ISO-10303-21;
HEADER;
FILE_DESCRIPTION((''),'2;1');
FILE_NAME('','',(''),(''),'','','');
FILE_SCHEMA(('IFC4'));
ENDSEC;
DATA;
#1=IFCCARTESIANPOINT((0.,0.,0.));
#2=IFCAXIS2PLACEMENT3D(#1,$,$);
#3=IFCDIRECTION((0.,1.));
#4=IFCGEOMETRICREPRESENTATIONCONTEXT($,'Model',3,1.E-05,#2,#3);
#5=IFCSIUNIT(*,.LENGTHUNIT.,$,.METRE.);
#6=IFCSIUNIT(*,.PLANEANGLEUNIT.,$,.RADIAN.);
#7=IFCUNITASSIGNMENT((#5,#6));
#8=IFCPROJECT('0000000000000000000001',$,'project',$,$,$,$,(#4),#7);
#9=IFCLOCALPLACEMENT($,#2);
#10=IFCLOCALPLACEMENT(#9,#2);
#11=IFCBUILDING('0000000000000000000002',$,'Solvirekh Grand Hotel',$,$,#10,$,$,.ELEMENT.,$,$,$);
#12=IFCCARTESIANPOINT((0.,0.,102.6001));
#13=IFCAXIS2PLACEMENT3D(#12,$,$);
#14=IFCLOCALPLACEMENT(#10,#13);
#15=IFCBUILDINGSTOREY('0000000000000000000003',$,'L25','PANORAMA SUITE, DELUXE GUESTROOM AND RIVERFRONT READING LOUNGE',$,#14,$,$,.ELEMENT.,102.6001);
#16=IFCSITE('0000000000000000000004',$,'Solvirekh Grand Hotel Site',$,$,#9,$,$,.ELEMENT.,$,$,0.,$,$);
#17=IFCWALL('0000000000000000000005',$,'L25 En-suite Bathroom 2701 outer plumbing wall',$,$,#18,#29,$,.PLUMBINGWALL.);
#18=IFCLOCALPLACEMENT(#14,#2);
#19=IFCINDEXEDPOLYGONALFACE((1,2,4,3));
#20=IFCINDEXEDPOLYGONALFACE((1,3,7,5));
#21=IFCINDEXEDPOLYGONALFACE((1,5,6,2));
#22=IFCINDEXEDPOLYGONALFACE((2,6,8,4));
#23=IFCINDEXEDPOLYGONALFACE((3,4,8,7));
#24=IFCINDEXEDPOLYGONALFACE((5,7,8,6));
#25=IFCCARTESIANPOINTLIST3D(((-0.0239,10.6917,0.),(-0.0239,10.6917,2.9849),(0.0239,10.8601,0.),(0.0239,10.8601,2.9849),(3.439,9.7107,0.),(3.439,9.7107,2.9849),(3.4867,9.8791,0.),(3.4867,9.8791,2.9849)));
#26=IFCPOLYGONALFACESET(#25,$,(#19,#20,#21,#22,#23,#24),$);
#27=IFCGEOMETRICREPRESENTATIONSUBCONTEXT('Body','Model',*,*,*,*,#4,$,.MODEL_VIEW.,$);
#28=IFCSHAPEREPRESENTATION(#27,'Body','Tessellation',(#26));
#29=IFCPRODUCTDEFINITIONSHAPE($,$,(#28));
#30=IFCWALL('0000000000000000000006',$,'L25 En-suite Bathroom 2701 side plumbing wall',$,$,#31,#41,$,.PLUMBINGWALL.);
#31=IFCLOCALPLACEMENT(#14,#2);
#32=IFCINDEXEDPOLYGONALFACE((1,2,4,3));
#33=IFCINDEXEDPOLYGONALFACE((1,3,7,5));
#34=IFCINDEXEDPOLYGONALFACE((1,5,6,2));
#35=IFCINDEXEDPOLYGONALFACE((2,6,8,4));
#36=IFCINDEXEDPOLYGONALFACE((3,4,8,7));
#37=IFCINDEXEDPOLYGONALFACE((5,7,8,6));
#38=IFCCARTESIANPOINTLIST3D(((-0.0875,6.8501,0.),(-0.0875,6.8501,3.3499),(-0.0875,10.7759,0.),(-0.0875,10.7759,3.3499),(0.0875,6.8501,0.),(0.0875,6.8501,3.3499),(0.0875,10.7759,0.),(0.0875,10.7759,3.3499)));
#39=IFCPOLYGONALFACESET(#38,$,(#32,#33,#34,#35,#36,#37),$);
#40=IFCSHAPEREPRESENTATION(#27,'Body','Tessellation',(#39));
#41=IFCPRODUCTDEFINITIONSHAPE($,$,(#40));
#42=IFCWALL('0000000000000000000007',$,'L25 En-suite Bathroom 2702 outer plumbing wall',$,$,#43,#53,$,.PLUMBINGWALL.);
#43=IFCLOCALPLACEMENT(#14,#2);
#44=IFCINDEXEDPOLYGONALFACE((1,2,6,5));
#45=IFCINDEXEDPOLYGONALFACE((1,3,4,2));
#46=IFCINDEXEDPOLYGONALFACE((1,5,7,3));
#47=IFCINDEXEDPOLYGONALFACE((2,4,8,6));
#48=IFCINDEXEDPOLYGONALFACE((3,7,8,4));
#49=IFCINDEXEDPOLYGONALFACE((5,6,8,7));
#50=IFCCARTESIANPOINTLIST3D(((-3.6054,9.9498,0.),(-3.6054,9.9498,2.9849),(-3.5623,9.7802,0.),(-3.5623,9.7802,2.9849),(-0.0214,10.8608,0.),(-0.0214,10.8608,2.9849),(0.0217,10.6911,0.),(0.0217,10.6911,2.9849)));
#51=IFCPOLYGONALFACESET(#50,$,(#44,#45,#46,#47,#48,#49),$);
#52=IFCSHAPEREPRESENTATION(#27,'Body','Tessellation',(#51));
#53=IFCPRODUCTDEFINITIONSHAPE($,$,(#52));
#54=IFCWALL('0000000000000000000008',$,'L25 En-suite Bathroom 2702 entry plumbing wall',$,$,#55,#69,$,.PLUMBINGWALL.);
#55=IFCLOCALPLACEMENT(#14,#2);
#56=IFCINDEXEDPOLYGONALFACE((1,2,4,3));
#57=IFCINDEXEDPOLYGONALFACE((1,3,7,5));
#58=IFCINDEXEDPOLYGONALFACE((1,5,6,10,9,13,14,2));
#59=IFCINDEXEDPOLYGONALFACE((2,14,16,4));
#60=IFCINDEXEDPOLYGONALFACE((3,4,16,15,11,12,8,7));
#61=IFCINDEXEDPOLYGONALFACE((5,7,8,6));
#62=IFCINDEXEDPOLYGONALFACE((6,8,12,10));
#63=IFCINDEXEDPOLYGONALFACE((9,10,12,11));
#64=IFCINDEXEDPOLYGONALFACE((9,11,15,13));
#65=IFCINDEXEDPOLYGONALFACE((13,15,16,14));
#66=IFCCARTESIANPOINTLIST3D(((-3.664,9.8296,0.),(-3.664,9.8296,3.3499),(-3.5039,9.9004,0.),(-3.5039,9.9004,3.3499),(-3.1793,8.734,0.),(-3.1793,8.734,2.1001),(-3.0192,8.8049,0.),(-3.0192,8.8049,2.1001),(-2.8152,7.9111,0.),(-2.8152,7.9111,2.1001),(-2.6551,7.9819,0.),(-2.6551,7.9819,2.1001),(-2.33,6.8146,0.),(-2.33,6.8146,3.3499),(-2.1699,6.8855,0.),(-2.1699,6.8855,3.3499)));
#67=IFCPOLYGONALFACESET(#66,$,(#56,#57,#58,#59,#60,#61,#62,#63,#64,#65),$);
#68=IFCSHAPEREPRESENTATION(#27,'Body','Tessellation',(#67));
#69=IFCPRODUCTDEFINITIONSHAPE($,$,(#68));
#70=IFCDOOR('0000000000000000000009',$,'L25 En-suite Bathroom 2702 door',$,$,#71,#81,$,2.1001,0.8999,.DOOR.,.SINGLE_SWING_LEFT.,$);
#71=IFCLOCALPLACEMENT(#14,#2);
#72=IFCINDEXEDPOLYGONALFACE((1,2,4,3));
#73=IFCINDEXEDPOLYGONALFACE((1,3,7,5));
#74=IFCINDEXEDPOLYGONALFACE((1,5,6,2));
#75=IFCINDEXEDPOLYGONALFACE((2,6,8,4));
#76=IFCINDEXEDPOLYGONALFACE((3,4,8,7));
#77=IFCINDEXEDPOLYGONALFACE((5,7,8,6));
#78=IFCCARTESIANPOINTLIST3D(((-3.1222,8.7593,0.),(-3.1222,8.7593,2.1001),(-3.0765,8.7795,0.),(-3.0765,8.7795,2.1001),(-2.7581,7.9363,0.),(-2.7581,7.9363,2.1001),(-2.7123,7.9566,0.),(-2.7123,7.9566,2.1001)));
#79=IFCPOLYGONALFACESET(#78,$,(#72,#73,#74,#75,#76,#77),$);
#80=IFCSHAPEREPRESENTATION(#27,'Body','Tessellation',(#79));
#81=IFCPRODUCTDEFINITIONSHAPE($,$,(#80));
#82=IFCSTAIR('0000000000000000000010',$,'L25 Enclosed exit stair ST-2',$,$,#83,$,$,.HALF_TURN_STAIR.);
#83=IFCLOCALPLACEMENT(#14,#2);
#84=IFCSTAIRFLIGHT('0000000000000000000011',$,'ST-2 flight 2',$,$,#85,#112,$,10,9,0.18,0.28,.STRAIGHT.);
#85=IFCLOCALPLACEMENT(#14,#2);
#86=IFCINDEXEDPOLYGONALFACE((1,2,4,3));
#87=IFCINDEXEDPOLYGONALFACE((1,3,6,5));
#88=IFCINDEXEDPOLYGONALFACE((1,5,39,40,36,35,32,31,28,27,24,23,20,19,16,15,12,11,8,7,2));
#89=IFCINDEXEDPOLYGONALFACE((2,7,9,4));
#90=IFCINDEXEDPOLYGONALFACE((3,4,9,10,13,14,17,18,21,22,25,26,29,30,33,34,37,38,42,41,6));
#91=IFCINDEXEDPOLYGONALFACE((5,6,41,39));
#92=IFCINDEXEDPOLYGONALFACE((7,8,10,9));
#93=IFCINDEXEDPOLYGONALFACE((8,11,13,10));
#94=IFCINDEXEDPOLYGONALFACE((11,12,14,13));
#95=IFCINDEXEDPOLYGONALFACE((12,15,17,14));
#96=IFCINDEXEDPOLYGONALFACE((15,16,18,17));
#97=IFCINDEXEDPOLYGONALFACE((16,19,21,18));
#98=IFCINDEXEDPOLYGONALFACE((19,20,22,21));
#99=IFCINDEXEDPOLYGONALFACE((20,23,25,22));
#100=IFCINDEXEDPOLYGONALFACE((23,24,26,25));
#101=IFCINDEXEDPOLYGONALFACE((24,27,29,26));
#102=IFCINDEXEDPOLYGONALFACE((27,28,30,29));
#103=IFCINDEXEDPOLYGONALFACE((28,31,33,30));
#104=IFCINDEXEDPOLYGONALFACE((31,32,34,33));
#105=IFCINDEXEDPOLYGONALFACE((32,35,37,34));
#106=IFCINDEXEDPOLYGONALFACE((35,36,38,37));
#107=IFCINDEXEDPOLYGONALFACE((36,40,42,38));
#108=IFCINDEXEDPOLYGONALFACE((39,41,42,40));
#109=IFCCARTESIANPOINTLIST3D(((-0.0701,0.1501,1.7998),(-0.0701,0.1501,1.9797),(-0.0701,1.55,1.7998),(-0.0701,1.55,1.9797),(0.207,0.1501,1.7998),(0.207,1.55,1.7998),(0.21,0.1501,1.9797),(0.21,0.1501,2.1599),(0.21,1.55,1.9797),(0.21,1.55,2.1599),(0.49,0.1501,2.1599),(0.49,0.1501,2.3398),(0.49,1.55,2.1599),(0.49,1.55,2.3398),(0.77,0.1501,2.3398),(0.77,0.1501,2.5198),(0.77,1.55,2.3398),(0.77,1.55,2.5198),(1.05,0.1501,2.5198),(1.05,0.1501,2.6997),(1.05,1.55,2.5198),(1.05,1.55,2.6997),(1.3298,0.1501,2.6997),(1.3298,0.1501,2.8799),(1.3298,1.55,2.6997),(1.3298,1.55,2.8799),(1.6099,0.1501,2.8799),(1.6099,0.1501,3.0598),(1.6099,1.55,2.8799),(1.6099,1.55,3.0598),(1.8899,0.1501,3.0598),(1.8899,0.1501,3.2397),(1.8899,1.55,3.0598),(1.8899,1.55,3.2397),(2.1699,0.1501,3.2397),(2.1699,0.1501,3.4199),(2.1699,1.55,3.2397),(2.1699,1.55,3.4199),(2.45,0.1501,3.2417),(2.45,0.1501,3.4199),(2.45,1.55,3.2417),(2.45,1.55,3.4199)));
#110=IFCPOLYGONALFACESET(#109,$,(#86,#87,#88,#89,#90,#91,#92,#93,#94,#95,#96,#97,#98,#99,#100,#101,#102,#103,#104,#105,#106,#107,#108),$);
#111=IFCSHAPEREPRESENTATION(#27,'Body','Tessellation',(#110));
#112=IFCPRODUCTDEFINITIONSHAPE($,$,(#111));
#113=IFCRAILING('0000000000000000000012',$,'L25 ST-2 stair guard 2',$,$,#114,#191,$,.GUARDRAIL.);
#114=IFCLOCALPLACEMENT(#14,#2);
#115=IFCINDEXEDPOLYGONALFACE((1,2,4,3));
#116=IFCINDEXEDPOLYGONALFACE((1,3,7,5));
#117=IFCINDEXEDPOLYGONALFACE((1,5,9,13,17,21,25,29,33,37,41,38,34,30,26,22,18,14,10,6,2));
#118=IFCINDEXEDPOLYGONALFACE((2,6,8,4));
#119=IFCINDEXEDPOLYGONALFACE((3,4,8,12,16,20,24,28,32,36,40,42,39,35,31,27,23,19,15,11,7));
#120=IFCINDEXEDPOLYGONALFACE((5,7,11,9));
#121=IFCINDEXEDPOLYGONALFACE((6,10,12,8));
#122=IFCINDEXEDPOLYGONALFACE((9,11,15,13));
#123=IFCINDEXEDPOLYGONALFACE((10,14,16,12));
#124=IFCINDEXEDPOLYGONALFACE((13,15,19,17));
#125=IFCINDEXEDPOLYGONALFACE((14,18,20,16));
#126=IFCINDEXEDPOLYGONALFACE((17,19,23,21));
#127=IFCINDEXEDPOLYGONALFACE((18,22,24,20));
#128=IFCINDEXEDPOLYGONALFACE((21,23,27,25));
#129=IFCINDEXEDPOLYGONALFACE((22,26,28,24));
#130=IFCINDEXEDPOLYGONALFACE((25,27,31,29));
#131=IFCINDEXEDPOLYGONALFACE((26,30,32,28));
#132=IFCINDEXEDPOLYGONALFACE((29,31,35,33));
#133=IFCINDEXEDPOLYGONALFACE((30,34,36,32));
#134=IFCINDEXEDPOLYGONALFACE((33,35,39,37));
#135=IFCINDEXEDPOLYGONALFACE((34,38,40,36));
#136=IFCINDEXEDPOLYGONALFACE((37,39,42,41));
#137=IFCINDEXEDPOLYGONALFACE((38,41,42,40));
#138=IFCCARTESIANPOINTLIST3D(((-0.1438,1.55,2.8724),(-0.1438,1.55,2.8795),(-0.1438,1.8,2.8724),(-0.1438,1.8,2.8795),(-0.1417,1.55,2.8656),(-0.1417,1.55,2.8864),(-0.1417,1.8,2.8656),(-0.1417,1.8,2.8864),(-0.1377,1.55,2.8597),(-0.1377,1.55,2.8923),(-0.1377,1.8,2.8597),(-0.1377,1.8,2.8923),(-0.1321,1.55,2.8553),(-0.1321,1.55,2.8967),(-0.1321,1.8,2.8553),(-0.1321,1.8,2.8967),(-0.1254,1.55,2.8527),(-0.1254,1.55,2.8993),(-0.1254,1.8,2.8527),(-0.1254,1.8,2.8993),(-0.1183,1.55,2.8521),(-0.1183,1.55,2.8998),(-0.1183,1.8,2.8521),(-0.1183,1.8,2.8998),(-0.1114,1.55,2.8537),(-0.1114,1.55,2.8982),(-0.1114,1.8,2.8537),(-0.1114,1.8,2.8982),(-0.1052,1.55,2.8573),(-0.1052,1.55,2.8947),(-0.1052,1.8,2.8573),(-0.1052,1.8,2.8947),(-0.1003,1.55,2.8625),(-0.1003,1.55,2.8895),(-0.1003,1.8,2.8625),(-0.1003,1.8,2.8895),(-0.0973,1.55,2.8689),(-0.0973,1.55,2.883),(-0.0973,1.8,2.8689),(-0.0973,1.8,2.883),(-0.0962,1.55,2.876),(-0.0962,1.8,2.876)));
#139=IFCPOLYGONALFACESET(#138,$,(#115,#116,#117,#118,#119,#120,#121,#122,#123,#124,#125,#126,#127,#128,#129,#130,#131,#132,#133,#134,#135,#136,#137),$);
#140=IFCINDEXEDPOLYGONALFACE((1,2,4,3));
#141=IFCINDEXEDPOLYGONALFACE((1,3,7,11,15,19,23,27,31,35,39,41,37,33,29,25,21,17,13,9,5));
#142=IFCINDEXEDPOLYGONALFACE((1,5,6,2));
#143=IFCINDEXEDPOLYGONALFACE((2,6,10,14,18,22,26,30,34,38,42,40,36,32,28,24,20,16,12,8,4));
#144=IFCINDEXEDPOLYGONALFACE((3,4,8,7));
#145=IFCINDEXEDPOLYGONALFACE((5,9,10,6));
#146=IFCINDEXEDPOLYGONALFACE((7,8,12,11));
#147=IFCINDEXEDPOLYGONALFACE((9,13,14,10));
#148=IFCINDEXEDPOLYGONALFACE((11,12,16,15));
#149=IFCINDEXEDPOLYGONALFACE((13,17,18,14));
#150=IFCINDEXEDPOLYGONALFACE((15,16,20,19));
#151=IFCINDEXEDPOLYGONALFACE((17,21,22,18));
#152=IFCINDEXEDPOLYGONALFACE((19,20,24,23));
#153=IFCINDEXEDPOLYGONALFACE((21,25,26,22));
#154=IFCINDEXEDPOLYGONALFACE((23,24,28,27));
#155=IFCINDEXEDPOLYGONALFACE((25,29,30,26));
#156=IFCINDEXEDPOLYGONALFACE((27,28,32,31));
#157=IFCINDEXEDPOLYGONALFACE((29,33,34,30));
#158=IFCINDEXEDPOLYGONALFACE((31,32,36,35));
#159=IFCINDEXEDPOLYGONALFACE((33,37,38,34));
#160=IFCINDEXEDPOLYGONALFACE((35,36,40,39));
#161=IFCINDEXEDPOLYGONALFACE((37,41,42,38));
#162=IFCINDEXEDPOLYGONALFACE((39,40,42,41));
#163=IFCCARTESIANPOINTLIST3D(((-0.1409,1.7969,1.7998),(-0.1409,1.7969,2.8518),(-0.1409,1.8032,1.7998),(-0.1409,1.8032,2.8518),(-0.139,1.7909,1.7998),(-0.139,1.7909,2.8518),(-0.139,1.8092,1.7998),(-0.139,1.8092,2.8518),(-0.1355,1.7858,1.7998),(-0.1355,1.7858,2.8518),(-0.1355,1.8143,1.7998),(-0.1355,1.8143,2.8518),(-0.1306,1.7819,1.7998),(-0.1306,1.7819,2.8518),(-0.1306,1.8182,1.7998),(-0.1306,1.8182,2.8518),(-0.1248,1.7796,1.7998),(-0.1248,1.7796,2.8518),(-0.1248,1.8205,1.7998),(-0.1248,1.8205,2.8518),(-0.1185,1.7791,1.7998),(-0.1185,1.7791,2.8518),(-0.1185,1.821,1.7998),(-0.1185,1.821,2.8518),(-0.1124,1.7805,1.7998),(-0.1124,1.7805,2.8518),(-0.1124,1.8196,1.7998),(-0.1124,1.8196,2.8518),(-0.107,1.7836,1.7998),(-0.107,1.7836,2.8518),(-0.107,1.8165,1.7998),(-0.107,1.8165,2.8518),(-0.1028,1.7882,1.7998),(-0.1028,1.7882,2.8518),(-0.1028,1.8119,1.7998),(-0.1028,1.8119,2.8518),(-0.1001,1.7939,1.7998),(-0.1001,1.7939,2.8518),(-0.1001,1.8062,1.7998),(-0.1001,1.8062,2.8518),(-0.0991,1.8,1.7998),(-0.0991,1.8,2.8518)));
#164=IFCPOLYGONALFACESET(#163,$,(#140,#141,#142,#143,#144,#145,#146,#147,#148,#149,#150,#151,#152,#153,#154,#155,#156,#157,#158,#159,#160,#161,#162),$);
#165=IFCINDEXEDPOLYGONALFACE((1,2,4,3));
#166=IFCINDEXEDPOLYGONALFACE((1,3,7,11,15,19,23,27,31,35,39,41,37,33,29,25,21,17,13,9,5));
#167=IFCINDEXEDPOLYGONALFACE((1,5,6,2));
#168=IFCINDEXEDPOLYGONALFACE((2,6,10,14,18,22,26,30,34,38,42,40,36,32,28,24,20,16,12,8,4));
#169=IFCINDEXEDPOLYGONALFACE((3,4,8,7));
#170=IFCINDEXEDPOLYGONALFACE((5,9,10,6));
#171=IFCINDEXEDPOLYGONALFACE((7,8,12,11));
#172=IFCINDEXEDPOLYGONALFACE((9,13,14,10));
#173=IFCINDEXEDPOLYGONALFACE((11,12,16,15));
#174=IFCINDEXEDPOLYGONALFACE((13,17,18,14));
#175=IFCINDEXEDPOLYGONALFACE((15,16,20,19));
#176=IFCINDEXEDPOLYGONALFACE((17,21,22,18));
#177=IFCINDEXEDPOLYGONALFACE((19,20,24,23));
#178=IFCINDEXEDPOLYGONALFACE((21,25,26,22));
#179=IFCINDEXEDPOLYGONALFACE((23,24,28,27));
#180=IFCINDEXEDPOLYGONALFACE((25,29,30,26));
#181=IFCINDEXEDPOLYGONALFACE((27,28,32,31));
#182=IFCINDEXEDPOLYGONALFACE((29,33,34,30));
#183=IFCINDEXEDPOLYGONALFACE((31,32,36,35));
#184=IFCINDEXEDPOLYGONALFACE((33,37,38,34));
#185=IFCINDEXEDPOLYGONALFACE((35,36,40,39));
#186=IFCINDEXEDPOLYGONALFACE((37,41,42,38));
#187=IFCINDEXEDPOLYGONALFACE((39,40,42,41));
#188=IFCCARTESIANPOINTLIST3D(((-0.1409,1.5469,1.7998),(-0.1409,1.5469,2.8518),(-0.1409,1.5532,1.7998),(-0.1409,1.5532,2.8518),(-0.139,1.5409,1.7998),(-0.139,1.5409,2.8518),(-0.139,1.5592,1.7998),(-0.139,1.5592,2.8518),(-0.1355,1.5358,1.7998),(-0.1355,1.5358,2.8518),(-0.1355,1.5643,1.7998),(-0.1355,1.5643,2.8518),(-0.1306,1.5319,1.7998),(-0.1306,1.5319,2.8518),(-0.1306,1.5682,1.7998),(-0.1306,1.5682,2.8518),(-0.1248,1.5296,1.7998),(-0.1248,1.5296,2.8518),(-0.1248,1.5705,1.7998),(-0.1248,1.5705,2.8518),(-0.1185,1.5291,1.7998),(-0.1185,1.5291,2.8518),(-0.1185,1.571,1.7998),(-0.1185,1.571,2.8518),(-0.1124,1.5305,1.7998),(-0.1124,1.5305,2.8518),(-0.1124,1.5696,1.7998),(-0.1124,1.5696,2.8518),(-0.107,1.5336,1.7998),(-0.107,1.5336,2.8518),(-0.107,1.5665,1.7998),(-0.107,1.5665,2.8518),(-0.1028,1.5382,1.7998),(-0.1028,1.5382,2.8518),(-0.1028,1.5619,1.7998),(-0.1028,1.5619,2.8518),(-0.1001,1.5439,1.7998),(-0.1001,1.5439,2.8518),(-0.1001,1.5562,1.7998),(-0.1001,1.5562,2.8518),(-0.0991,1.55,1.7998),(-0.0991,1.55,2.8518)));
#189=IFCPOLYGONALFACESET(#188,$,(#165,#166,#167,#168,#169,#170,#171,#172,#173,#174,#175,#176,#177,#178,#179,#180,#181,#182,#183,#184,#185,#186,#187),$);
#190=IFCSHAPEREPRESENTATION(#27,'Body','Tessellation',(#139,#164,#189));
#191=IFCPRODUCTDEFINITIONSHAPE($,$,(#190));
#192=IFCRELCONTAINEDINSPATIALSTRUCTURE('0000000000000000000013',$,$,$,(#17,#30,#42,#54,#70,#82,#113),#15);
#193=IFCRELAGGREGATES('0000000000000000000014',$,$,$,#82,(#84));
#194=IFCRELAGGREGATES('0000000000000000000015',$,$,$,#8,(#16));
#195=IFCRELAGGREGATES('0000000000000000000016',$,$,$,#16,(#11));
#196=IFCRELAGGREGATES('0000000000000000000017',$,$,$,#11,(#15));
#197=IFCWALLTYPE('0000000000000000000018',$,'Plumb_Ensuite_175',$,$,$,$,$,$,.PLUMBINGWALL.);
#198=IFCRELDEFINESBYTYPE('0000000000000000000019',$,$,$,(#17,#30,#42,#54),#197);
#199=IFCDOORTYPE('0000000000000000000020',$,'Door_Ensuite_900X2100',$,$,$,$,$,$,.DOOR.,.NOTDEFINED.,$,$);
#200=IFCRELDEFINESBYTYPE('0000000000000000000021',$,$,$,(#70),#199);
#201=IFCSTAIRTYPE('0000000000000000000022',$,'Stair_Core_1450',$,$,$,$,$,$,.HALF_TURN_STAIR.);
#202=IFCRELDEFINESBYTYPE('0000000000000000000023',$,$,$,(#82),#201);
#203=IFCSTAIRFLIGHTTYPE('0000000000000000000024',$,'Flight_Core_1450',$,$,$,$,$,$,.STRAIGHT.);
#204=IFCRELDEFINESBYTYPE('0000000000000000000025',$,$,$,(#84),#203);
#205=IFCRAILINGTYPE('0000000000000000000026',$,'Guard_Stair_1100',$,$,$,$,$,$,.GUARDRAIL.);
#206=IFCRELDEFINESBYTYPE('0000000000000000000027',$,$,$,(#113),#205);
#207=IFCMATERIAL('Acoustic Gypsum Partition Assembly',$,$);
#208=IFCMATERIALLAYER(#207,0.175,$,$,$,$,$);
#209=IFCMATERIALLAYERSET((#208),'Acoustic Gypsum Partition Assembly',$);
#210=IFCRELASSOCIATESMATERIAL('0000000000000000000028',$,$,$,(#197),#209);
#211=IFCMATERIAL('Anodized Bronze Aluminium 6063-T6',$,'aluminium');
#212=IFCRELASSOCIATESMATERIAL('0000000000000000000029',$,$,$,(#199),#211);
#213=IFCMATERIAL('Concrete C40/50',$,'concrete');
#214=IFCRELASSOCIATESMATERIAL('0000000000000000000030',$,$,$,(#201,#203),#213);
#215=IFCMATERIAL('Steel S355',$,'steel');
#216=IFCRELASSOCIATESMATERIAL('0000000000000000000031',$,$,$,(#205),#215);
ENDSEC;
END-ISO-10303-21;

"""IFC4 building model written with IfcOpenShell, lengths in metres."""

from ifc_helpers import new_model, si_unit, direction, frame, frame_2d, origin, origin_2d, place, context, subcontext, project, spatial, polyline, rectangle, circle, outline, extrude, material, layer, layer_set, type_object, element, fill, aggregate, save


model = new_model("IFC4")

# Units and contexts
model_context = context("Model", 3, precision=1e-05, world=origin(), true_north=direction((0.0, 1.0)))
body_context = subcontext(model_context, "Body", "Model", "MODEL_VIEW")
ifc_project = project(units=[si_unit("LENGTHUNIT", "METRE"), si_unit("PLANEANGLEUNIT", "RADIAN")], contexts=[model_context])

# Site, building, storey
site_placement = place(None, origin())
site = spatial("IfcSite", under=ifc_project, at=site_placement, Name="Solvirekh Grand Hotel Site", CompositionType="ELEMENT", RefElevation=0.0)
building_placement = place(site_placement, origin())
building = spatial("IfcBuilding", under=site, at=building_placement, Name="Solvirekh Grand Hotel", CompositionType="ELEMENT")
storey_placement = place(building_placement, frame((0.0, 0.0, 102.6001)))
storey = spatial("IfcBuildingStorey", under=building, at=storey_placement, Name="L25", Description="PANORAMA SUITE, DELUXE GUESTROOM AND RIVERFRONT READING LOUNGE", CompositionType="ELEMENT", Elevation=102.6001)

# Shared definitions
ifc_material_1 = material(Name="Steel S355", Category="steel")

# Shared definitions
ifc_material_2 = material(Name="Anodized Bronze Aluminium 6063-T6", Category="aluminium")

# Shared definitions
ifc_material_3 = material(Name="Concrete C40/50", Category="concrete")

# Walls
ifc_material_4 = material(Name="Acoustic Gypsum Partition Assembly")
ifc_layer_1 = layer(ifc_material_4, 0.175)
ifc_layer_set_1 = layer_set([ifc_layer_1], Name="Acoustic Gypsum Partition Assembly")
wall_type_1 = type_object("IfcWallType", Name="Plumb_Ensuite_175", PredefinedType="PLUMBINGWALL", material=ifc_layer_set_1)
wall_1_placement = place(storey_placement, frame((0.0, 10.7759, 0.0), z_axis=(0.0, 0.0, 1.0), x_axis=(0.962141, -0.272552, 0.0)))
element("IfcWall", 1, at=wall_1_placement, inside=storey, type_object=wall_type_1, Name="L25 En-suite Bathroom 2701 outer plumbing wall", PredefinedType="PLUMBINGWALL", context=body_context, shape_type="SweptSolid", body=[
    extrude(rectangle(XDim=3.5991, YDim=0.175, at=frame_2d((1.7996, 0.0))), origin(), (0.0, 0.0, 1.0), 2.9849),
])
wall_2_placement = place(storey_placement, frame((0.0, 10.7759, 0.0), z_axis=(0.0, 0.0, 1.0), x_axis=(0.0, -1.0, 0.0)))
element("IfcWall", 2, at=wall_2_placement, inside=storey, type_object=wall_type_1, Name="L25 En-suite Bathroom 2701 side plumbing wall", PredefinedType="PLUMBINGWALL", context=body_context, shape_type="SweptSolid", body=[
    extrude(rectangle(XDim=3.9258, YDim=0.175, at=frame_2d((1.9629, 0.0))), origin(), (0.0, 0.0, 1.0), 3.3499),
])
wall_3_placement = place(storey_placement, frame((-3.584, 9.865, 0.0), z_axis=(0.0, 0.0, 1.0), x_axis=(0.969188, 0.246324, 0.0)))
element("IfcWall", 3, at=wall_3_placement, inside=storey, type_object=wall_type_1, Name="L25 En-suite Bathroom 2702 outer plumbing wall", PredefinedType="PLUMBINGWALL", context=body_context, shape_type="SweptSolid", body=[
    extrude(rectangle(XDim=3.698, YDim=0.175, at=frame_2d((1.8491, 0.0))), origin(), (0.0, 0.0, 1.0), 2.9849),
])

# Wall, opening, door
wall_4_placement = place(storey_placement, frame((-3.584, 9.865, 0.0), z_axis=(0.0, 0.0, 1.0), x_axis=(0.404626, -0.914482, 0.0)))
wall_4 = element("IfcWall", 4, at=wall_4_placement, inside=storey, type_object=wall_type_1, Name="L25 En-suite Bathroom 2702 entry plumbing wall", PredefinedType="PLUMBINGWALL", context=body_context, shape_type="SweptSolid", body=[
    extrude(rectangle(XDim=3.2969, YDim=0.175, at=frame_2d((1.6484, 0.0))), origin(), (0.0, 0.0, 1.0), 3.3499),
])
opening_1_placement = place(wall_4_placement, frame((1.198, 0.0, 0.0)))
opening_1 = element("IfcOpeningElement", 5, at=opening_1_placement, cuts=wall_4, PredefinedType="OPENING", context=body_context, shape_type="SweptSolid", body=[
    extrude(rectangle(XDim=0.8999, YDim=2.1001, at=frame_2d((0.45, 1.05))), frame((0.0, 0.0977, 0.0), z_axis=(0.0, -1.0, 0.0), x_axis=(1.0, 0.0, 0.0)), (0.0, 0.0, 1.0), 0.1951),
])
door_type_1 = type_object("IfcDoorType", Name="Door_Ensuite_900X2100", OperationType="NOTDEFINED", PredefinedType="DOOR", material=ifc_material_2)
door_1_placement = place(opening_1_placement, origin())
door_1 = element("IfcDoor", 6, at=door_1_placement, inside=storey, type_object=door_type_1, Name="L25 En-suite Bathroom 2702 door", OperationType="SINGLE_SWING_LEFT", OverallHeight=2.1001, OverallWidth=0.8999, PredefinedType="DOOR", context=body_context, shape_type="SweptSolid", body=[
    extrude(rectangle(XDim=0.8999, YDim=2.1001, at=frame_2d((0.45, 1.05))), frame((0.0, 0.0249, 0.0), z_axis=(0.0, -1.0, 0.0), x_axis=(1.0, 0.0, 0.0)), (0.0, 0.0, 1.0), 0.05),
])
fill(opening_1, door_1)

# Stair, stair flight
stair_type = type_object("IfcStairType", Name="Stair_Core_1450", PredefinedType="HALF_TURN_STAIR", material=ifc_material_3)
stair_placement = place(storey_placement, origin())
stair = element("IfcStair", 7, at=stair_placement, inside=storey, type_object=stair_type, Name="L25 Enclosed exit stair ST-2", PredefinedType="HALF_TURN_STAIR")
stair_flight_type = type_object("IfcStairFlightType", Name="Flight_Core_1450", PredefinedType="STRAIGHT", material=ifc_material_3)
stair_flight_placement = place(storey_placement, frame((-0.0701, 0.8501, 1.7998), z_axis=(0.0, 0.0, 1.0), x_axis=(1.0, 0.0, 0.0)))
stair_flight = element("IfcStairFlight", 8, at=stair_flight_placement, type_object=stair_flight_type, Name="ST-2 flight 2", NumberOfRisers=10, NumberOfTreads=9, PredefinedType="STRAIGHT", RiserHeight=0.18, TreadLength=0.28, context=body_context, shape_type="SweptSolid", body=[
    extrude(outline(polyline([(0.0, 0.0), (0.0, 0.1799), (0.28, 0.1799), (0.28, 0.3601), (0.5601, 0.3601), (0.5601, 0.54), (0.8401, 0.54), (0.8401, 0.72), (1.1201, 0.72), (1.1201, 0.8999), (1.3999, 0.8999), (1.3999, 1.0801), (1.6799, 1.0801), (1.6799, 1.26), (1.96, 1.26), (1.96, 1.4399), (2.24, 1.4399), (2.24, 1.6201), (2.52, 1.6201), (2.52, 1.8), (2.52, 1.4419), (0.2771, 0.0), (0.0, 0.0)])), frame((0.0, 0.7, 0.0), z_axis=(0.0, -1.0, 0.0), x_axis=(1.0, 0.0, 0.0)), (0.0, 0.0, 1.0), 1.3999),
])
aggregate(stair, [stair_flight])

# Railing
railing_type_1 = type_object("IfcRailingType", Name="Guard_Stair_1100", PredefinedType="GUARDRAIL", material=ifc_material_1)
railing_1_placement = place(storey_placement, frame((-0.1201, 1.8, 1.7998)))
element("IfcRailing", 9, at=railing_1_placement, inside=storey, type_object=railing_type_1, Name="L25 ST-2 stair guard 2", PredefinedType="GUARDRAIL", context=body_context, shape_type="SweptSolid", body=[
    extrude(circle(Radius=0.0239, at=origin_2d()), frame((0.0, 0.0, 1.0762), z_axis=(0.0, -1.0, 0.0), x_axis=(1.0, 0.0, 0.0)), (0.0, 0.0, 1.0), 0.25),
    extrude(circle(Radius=0.021, at=origin_2d()), origin(), (0.0, 0.0, 1.0), 1.052),
    extrude(circle(Radius=0.021, at=origin_2d()), frame((0.0, -0.25, 0.0)), (0.0, 0.0, 1.0), 1.052),
])

save(model, "model.ifc")
